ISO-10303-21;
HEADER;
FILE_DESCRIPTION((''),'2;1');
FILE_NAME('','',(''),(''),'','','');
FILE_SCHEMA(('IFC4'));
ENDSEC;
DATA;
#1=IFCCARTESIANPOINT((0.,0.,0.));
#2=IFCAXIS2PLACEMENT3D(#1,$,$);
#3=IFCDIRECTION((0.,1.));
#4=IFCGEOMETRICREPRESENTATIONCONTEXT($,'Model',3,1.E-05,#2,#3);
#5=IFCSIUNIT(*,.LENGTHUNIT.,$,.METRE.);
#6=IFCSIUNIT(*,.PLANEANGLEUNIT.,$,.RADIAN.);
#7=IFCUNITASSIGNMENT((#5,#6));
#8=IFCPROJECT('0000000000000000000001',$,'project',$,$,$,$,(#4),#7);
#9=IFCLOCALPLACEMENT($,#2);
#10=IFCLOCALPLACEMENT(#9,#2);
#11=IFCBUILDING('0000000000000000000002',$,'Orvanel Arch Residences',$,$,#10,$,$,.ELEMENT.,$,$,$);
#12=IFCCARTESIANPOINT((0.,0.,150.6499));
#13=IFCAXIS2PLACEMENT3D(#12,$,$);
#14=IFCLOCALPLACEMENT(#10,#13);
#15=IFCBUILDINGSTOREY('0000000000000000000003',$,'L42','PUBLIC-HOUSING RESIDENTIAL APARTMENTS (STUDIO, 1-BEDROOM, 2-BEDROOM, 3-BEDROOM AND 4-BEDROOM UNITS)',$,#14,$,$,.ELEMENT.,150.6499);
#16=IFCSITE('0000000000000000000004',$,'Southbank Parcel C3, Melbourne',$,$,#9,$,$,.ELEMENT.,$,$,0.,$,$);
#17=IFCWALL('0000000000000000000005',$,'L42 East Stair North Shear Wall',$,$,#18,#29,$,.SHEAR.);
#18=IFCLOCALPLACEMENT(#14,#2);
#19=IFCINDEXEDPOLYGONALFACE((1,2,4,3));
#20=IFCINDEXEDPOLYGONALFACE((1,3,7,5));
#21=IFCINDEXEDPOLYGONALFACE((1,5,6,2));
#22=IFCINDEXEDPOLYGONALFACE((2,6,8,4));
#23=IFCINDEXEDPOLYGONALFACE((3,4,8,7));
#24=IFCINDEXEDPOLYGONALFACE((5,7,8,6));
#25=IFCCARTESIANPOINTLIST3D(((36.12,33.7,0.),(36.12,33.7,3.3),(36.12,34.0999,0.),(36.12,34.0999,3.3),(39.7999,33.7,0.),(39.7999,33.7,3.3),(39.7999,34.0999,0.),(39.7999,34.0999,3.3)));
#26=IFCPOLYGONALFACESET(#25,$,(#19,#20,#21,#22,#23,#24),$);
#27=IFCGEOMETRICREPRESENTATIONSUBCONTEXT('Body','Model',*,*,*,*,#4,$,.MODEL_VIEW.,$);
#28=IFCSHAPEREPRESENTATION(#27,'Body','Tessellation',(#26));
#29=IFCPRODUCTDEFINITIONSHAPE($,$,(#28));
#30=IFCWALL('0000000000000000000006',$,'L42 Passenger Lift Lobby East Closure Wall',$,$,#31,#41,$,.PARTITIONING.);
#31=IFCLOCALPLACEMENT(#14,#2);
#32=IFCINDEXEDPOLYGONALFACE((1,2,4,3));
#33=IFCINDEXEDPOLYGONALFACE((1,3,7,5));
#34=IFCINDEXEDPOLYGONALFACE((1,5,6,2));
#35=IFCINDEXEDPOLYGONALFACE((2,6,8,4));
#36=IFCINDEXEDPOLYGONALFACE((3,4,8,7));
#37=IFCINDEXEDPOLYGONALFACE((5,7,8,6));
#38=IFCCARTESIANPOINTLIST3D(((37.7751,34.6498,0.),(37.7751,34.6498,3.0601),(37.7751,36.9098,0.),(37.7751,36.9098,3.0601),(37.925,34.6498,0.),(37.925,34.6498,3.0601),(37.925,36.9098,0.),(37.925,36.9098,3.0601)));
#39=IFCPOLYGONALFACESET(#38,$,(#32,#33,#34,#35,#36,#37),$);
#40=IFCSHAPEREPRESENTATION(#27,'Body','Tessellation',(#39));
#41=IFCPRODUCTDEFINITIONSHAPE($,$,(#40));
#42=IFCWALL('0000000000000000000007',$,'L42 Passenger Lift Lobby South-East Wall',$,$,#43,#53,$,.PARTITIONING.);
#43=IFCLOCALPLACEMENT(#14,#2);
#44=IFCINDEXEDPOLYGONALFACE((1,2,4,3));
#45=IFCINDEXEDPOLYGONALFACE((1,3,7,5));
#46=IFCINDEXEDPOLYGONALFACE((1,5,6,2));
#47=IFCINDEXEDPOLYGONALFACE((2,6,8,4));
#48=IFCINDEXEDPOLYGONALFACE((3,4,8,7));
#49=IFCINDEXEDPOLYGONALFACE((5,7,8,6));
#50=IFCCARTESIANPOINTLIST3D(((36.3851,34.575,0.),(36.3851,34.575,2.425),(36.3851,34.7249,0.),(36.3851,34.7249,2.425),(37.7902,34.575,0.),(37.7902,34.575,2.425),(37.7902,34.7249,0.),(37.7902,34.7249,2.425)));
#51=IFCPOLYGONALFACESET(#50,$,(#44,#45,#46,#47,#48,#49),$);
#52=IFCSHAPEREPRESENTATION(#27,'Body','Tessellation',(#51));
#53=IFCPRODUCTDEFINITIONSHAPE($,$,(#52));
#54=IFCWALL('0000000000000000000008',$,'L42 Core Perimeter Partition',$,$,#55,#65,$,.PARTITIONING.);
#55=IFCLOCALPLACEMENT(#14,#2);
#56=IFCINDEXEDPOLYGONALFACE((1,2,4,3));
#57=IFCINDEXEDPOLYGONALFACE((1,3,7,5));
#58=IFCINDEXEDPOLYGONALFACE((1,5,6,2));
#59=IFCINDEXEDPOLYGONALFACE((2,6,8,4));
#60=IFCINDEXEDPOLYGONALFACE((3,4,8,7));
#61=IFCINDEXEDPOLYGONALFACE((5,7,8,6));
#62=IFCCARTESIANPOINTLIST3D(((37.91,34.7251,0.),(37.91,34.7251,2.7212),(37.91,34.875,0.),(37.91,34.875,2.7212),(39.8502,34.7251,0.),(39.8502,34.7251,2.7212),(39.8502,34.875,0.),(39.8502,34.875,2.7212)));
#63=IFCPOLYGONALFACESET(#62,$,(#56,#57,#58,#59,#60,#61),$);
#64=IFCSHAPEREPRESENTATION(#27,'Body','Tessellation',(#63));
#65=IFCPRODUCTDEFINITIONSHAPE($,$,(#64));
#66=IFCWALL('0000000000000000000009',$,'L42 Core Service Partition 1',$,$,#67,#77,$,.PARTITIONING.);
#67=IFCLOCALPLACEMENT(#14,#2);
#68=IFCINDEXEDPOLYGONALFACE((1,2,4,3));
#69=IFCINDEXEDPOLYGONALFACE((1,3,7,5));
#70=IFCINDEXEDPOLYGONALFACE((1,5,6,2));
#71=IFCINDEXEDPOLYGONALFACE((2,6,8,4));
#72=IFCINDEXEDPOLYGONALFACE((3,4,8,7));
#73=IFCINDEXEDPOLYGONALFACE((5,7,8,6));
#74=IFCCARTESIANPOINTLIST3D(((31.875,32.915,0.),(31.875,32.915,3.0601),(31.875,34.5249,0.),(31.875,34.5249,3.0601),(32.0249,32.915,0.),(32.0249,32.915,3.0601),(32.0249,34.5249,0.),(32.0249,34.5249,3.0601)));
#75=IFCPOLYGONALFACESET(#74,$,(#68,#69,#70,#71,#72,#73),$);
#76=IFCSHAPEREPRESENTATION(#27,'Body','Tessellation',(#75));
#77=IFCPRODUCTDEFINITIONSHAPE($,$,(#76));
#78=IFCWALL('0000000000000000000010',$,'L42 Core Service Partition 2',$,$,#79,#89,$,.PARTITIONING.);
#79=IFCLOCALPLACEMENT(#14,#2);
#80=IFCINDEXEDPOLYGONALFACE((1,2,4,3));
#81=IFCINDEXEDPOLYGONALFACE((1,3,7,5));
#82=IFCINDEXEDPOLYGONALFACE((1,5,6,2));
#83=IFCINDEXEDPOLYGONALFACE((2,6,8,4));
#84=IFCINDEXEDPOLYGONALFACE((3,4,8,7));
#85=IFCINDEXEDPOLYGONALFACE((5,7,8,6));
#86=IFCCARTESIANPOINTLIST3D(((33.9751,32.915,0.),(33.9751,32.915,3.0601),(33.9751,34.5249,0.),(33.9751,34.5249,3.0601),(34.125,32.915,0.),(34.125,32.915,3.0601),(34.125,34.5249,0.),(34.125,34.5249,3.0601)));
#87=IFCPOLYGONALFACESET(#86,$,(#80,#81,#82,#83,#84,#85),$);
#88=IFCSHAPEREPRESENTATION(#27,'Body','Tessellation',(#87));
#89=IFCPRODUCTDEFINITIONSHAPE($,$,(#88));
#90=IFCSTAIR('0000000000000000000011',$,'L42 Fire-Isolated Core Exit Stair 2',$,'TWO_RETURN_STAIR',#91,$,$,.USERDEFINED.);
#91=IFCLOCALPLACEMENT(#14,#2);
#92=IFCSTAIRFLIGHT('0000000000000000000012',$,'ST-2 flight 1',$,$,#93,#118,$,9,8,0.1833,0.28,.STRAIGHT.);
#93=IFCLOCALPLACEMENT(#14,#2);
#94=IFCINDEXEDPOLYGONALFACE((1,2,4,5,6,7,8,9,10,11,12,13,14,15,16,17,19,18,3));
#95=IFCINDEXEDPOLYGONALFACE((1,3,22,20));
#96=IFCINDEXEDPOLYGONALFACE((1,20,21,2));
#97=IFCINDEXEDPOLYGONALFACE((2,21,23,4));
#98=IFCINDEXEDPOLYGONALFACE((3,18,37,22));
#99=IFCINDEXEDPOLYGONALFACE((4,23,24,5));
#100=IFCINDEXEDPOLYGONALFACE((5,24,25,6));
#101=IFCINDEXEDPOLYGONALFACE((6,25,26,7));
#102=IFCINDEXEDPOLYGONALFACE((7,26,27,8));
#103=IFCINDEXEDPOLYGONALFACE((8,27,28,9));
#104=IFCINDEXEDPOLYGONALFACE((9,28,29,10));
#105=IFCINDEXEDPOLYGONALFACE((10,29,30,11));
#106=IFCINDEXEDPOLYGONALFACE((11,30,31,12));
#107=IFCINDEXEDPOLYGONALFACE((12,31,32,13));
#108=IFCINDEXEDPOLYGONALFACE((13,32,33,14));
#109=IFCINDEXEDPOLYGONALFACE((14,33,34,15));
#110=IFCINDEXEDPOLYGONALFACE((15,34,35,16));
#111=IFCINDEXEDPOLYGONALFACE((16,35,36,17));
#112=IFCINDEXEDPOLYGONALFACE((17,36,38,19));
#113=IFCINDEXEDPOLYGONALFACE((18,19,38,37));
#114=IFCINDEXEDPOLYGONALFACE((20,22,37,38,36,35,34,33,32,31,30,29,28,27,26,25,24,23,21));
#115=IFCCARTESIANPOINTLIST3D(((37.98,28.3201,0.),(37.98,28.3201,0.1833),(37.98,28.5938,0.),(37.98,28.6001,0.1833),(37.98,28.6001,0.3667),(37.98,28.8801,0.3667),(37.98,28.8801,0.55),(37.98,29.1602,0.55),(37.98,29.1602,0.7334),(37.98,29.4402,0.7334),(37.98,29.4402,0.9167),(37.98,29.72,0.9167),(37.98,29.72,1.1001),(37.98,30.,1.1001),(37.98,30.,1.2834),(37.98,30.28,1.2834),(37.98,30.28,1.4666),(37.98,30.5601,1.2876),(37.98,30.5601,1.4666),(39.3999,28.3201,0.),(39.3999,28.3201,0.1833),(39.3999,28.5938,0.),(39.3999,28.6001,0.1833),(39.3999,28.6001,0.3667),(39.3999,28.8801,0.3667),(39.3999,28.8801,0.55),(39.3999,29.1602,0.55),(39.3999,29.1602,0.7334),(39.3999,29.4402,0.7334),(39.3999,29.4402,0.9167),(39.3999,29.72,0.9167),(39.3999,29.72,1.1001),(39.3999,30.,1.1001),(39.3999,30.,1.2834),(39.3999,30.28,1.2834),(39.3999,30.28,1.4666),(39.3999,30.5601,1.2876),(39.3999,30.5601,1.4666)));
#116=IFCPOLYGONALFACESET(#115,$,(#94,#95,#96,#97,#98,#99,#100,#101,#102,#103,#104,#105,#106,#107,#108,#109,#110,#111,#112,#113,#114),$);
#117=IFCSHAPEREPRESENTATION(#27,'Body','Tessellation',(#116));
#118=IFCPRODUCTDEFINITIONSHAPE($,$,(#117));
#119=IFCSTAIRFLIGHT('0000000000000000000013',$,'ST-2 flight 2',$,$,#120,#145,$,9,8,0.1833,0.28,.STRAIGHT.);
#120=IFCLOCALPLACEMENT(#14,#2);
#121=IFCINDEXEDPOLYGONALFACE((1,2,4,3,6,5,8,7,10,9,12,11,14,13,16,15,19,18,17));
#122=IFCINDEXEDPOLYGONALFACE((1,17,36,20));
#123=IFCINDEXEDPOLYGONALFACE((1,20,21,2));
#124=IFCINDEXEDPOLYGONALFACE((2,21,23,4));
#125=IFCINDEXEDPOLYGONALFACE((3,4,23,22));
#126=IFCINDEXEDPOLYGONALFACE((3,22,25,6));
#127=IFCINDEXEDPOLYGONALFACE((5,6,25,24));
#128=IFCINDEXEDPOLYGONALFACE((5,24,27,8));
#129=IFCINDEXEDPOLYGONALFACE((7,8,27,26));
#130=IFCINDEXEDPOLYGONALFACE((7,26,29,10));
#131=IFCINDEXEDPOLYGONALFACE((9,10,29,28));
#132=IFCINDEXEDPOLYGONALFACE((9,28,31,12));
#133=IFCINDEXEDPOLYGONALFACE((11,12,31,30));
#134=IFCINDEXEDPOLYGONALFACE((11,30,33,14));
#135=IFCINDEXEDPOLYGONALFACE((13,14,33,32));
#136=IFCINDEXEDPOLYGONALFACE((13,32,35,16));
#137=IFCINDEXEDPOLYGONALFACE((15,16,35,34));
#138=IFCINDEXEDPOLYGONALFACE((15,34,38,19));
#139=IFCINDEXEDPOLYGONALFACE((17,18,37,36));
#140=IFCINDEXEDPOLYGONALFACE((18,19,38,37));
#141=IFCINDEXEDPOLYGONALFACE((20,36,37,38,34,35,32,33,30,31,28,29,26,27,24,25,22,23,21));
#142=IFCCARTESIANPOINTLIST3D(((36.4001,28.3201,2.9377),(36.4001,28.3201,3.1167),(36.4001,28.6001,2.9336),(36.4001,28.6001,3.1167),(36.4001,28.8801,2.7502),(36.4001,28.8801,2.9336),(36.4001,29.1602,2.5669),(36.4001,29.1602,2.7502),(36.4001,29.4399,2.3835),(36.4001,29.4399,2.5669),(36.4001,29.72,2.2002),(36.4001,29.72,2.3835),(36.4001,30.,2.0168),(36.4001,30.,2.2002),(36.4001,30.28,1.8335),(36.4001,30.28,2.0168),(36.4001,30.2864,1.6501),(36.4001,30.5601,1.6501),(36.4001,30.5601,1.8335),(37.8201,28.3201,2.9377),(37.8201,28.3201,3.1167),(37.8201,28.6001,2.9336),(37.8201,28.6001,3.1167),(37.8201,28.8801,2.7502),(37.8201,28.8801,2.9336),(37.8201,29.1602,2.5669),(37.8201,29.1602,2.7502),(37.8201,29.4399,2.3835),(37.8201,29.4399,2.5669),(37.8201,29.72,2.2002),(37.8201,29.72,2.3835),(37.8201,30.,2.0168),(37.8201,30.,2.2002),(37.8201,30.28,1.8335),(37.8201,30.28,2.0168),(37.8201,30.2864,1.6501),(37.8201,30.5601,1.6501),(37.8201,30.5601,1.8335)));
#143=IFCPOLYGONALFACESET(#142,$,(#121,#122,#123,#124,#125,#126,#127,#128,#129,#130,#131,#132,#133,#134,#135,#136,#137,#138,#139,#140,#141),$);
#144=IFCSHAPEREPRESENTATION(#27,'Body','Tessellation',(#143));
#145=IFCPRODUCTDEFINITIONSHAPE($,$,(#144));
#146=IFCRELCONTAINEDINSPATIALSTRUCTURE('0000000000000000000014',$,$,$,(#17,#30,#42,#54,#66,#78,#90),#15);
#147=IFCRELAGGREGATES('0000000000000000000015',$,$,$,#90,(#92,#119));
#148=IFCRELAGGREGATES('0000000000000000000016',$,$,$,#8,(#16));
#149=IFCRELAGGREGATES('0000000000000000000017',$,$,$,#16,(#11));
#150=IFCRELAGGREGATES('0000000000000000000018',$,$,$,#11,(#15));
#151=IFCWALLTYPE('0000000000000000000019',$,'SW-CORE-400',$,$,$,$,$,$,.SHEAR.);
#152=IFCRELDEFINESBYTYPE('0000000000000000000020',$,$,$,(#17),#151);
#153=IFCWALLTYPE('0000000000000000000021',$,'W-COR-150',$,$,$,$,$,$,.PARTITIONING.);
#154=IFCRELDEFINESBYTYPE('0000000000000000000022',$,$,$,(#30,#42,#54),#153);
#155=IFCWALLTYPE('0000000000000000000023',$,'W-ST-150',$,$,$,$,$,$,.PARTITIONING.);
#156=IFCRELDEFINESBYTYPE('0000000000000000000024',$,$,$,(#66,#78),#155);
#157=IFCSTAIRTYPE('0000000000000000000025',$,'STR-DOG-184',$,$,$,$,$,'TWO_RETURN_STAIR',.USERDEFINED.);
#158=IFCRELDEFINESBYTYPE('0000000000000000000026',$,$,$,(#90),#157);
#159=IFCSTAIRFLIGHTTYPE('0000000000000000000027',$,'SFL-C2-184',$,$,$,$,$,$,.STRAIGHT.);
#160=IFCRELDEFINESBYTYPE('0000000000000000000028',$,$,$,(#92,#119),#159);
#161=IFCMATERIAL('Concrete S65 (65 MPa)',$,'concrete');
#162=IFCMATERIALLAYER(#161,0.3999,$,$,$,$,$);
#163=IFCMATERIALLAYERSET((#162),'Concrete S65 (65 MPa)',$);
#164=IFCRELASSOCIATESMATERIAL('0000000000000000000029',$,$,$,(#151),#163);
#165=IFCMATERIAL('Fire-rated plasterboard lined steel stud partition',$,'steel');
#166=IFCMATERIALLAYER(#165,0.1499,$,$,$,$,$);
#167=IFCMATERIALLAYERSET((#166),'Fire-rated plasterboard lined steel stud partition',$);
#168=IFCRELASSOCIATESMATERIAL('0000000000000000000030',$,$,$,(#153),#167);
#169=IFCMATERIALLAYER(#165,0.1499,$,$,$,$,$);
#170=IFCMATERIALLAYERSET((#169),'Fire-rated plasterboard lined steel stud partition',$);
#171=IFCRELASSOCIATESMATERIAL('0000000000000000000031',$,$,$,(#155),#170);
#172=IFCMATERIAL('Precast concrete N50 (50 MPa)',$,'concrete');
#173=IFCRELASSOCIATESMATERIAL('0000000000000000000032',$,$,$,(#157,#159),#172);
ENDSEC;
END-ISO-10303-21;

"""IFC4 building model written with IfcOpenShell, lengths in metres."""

from ifc_helpers import new_model, si_unit, direction, frame, frame_2d, origin, place, context, subcontext, project, spatial, polyline, rectangle, outline, extrude, material, layer, layer_set, type_object, element, aggregate, save


model = new_model("IFC4")

# Units and contexts
model_context = context("Model", 3, precision=1e-05, world=origin(), true_north=direction((0.0, 1.0)))
body_context = subcontext(model_context, "Body", "Model", "MODEL_VIEW")
ifc_project = project(units=[si_unit("LENGTHUNIT", "METRE"), si_unit("PLANEANGLEUNIT", "RADIAN")], contexts=[model_context])

# Site, building, storey
site_placement = place(None, origin())
site = spatial("IfcSite", under=ifc_project, at=site_placement, Name="Southbank Parcel C3, Melbourne", CompositionType="ELEMENT", RefElevation=0.0)
building_placement = place(site_placement, origin())
building = spatial("IfcBuilding", under=site, at=building_placement, Name="Orvanel Arch Residences", CompositionType="ELEMENT")
storey_placement = place(building_placement, frame((0.0, 0.0, 150.6499)))
storey = spatial("IfcBuildingStorey", under=building, at=storey_placement, Name="L42", Description="PUBLIC-HOUSING RESIDENTIAL APARTMENTS (STUDIO, 1-BEDROOM, 2-BEDROOM, 3-BEDROOM AND 4-BEDROOM UNITS)", CompositionType="ELEMENT", Elevation=150.6499)

# Shared definitions
ifc_material_1 = material(Name="Concrete S65 (65 MPa)", Category="concrete")

# Walls
ifc_layer_1 = layer(ifc_material_1, 0.3999)
ifc_layer_set_1 = layer_set([ifc_layer_1], Name="Concrete S65 (65 MPa)")
wall_type_1 = type_object("IfcWallType", Name="SW-CORE-400", PredefinedType="SHEAR", material=ifc_layer_set_1)
wall_1_placement = place(storey_placement, frame((36.1201, 33.8999, 0.0), z_axis=(0.0, 0.0, 1.0), x_axis=(1.0, 0.0, 0.0)))
element("IfcWall", 1, at=wall_1_placement, inside=storey, type_object=wall_type_1, Name="L42 East Stair North Shear Wall", PredefinedType="SHEAR", context=body_context, shape_type="SweptSolid", body=[
    extrude(rectangle(XDim=3.6799, YDim=0.3999, at=frame_2d((1.8398, 0.0))), origin(), (0.0, 0.0, 1.0), 3.3),
])
ifc_material_2 = material(Name="Fire-rated plasterboard lined steel stud partition", Category="steel")
ifc_layer_2 = layer(ifc_material_2, 0.1499)
ifc_layer_set_2 = layer_set([ifc_layer_2], Name="Fire-rated plasterboard lined steel stud partition")
wall_type_2 = type_object("IfcWallType", Name="W-COR-150", PredefinedType="PARTITIONING", material=ifc_layer_set_2)
wall_2_placement = place(storey_placement, frame((37.8501, 34.6499, 0.0), z_axis=(0.0, 0.0, 1.0), x_axis=(0.0, 1.0, 0.0)))
element("IfcWall", 2, at=wall_2_placement, inside=storey, type_object=wall_type_2, Name="L42 Passenger Lift Lobby East Closure Wall", PredefinedType="PARTITIONING", context=body_context, shape_type="SweptSolid", body=[
    extrude(rectangle(XDim=2.26, YDim=0.1499, at=frame_2d((1.1299, 0.0))), origin(), (0.0, 0.0, 1.0), 3.0601),
])
wall_3_placement = place(storey_placement, frame((36.385, 34.6499, 0.0), z_axis=(0.0, 0.0, 1.0), x_axis=(1.0, 0.0, 0.0)))
element("IfcWall", 3, at=wall_3_placement, inside=storey, type_object=wall_type_2, Name="L42 Passenger Lift Lobby South-East Wall", PredefinedType="PARTITIONING", context=body_context, shape_type="SweptSolid", body=[
    extrude(rectangle(XDim=1.405, YDim=0.1499, at=frame_2d((0.7026, 0.0))), origin(), (0.0, 0.0, 1.0), 2.425),
])
wall_4_placement = place(storey_placement, frame((37.9099, 34.8, 0.0), z_axis=(0.0, 0.0, 1.0), x_axis=(1.0, 0.0, 0.0)))
element("IfcWall", 4, at=wall_4_placement, inside=storey, type_object=wall_type_2, Name="L42 Core Perimeter Partition", PredefinedType="PARTITIONING", context=body_context, shape_type="SweptSolid", body=[
    extrude(rectangle(XDim=1.9402, YDim=0.1499, at=frame_2d((0.9702, 0.0))), origin(), (0.0, 0.0, 1.0), 2.7212),
])
ifc_layer_3 = layer(ifc_material_2, 0.1499)
ifc_layer_set_3 = layer_set([ifc_layer_3], Name="Fire-rated plasterboard lined steel stud partition")
wall_type_3 = type_object("IfcWallType", Name="W-ST-150", PredefinedType="PARTITIONING", material=ifc_layer_set_3)
for number, where, z_axis, x_axis, name in (
    (5, (31.95, 32.915, 0.0), (0.0, 0.0, 1.0), (0.0, 1.0, 0.0), "L42 Core Service Partition 1"),
    (6, (34.05, 32.915, 0.0), (0.0, 0.0, 1.0), (0.0, 1.0, 0.0), "L42 Core Service Partition 2"),
):
    element("IfcWall", number, at=place(storey_placement, frame(where, z_axis=z_axis, x_axis=x_axis)), inside=storey, type_object=wall_type_3, Name=name, PredefinedType="PARTITIONING", context=body_context, shape_type="SweptSolid", body=[
        extrude(rectangle(XDim=1.6099, YDim=0.1499, at=frame_2d((0.8049, 0.0))), origin(), (0.0, 0.0, 1.0), 3.0601),
    ])

# Stair, stair flights
ifc_material_3 = material(Name="Precast concrete N50 (50 MPa)", Category="concrete")
stair_type = type_object("IfcStairType", Name="STR-DOG-184", ElementType="TWO_RETURN_STAIR", PredefinedType="USERDEFINED", material=ifc_material_3)
stair_placement = place(storey_placement, origin())
stair = element("IfcStair", 7, at=stair_placement, inside=storey, type_object=stair_type, Name="L42 Fire-Isolated Core Exit Stair 2", ObjectType="TWO_RETURN_STAIR", PredefinedType="USERDEFINED")
stair_flight_type = type_object("IfcStairFlightType", Name="SFL-C2-184", PredefinedType="STRAIGHT", material=ifc_material_3)
stair_flight_1_placement = place(storey_placement, frame((38.6899, 28.3201, 0.0), z_axis=(0.0, 0.0, 1.0), x_axis=(0.0, 1.0, 0.0)))
stair_flight_1 = element("IfcStairFlight", 8, at=stair_flight_1_placement, type_object=stair_flight_type, Name="ST-2 flight 1", NumberOfRisers=9, NumberOfTreads=8, PredefinedType="STRAIGHT", RiserHeight=0.1833, TreadLength=0.28, context=body_context, shape_type="SweptSolid", body=[
    extrude(outline(polyline([(0.0, 0.0), (0.0, 0.1833), (0.28, 0.1833), (0.28, 0.3667), (0.5601, 0.3667), (0.5601, 0.55), (0.8401, 0.55), (0.8401, 0.7334), (1.1201, 0.7334), (1.1201, 0.9167), (1.3999, 0.9167), (1.3999, 1.1001), (1.6799, 1.1001), (1.6799, 1.2834), (1.96, 1.2834), (1.96, 1.4666), (2.24, 1.4666), (2.24, 1.6499), (2.24, 1.2876), (0.2737, 0.0), (0.0, 0.0)])), frame((0.0, 0.71, 0.0), z_axis=(0.0, -1.0, 0.0), x_axis=(1.0, 0.0, 0.0)), (0.0, 0.0, 1.0), 1.4199),
])
stair_flight_2_placement = place(storey_placement, frame((37.1101, 30.5601, 1.6501), z_axis=(0.0, 0.0, 1.0), x_axis=(0.0, -1.0, 0.0)))
stair_flight_2 = element("IfcStairFlight", 9, at=stair_flight_2_placement, type_object=stair_flight_type, Name="ST-2 flight 2", NumberOfRisers=9, NumberOfTreads=8, PredefinedType="STRAIGHT", RiserHeight=0.1833, TreadLength=0.28, context=body_context, shape_type="SweptSolid", body=[
    extrude(outline(polyline([(0.0, 0.0), (0.0, 0.1833), (0.28, 0.1833), (0.28, 0.3667), (0.5601, 0.3667), (0.5601, 0.55), (0.8401, 0.55), (0.8401, 0.7334), (1.1201, 0.7334), (1.1201, 0.9167), (1.3999, 0.9167), (1.3999, 1.1001), (1.6799, 1.1001), (1.6799, 1.2834), (1.96, 1.2834), (1.96, 1.4666), (2.24, 1.4666), (2.24, 1.6499), (2.24, 1.2876), (0.2737, 0.0), (0.0, 0.0)])), frame((0.0, 0.71, 0.0), z_axis=(0.0, -1.0, 0.0), x_axis=(1.0, 0.0, 0.0)), (0.0, 0.0, 1.0), 1.4199),
])
aggregate(stair, [stair_flight_1, stair_flight_2])

save(model, "model.ifc")
